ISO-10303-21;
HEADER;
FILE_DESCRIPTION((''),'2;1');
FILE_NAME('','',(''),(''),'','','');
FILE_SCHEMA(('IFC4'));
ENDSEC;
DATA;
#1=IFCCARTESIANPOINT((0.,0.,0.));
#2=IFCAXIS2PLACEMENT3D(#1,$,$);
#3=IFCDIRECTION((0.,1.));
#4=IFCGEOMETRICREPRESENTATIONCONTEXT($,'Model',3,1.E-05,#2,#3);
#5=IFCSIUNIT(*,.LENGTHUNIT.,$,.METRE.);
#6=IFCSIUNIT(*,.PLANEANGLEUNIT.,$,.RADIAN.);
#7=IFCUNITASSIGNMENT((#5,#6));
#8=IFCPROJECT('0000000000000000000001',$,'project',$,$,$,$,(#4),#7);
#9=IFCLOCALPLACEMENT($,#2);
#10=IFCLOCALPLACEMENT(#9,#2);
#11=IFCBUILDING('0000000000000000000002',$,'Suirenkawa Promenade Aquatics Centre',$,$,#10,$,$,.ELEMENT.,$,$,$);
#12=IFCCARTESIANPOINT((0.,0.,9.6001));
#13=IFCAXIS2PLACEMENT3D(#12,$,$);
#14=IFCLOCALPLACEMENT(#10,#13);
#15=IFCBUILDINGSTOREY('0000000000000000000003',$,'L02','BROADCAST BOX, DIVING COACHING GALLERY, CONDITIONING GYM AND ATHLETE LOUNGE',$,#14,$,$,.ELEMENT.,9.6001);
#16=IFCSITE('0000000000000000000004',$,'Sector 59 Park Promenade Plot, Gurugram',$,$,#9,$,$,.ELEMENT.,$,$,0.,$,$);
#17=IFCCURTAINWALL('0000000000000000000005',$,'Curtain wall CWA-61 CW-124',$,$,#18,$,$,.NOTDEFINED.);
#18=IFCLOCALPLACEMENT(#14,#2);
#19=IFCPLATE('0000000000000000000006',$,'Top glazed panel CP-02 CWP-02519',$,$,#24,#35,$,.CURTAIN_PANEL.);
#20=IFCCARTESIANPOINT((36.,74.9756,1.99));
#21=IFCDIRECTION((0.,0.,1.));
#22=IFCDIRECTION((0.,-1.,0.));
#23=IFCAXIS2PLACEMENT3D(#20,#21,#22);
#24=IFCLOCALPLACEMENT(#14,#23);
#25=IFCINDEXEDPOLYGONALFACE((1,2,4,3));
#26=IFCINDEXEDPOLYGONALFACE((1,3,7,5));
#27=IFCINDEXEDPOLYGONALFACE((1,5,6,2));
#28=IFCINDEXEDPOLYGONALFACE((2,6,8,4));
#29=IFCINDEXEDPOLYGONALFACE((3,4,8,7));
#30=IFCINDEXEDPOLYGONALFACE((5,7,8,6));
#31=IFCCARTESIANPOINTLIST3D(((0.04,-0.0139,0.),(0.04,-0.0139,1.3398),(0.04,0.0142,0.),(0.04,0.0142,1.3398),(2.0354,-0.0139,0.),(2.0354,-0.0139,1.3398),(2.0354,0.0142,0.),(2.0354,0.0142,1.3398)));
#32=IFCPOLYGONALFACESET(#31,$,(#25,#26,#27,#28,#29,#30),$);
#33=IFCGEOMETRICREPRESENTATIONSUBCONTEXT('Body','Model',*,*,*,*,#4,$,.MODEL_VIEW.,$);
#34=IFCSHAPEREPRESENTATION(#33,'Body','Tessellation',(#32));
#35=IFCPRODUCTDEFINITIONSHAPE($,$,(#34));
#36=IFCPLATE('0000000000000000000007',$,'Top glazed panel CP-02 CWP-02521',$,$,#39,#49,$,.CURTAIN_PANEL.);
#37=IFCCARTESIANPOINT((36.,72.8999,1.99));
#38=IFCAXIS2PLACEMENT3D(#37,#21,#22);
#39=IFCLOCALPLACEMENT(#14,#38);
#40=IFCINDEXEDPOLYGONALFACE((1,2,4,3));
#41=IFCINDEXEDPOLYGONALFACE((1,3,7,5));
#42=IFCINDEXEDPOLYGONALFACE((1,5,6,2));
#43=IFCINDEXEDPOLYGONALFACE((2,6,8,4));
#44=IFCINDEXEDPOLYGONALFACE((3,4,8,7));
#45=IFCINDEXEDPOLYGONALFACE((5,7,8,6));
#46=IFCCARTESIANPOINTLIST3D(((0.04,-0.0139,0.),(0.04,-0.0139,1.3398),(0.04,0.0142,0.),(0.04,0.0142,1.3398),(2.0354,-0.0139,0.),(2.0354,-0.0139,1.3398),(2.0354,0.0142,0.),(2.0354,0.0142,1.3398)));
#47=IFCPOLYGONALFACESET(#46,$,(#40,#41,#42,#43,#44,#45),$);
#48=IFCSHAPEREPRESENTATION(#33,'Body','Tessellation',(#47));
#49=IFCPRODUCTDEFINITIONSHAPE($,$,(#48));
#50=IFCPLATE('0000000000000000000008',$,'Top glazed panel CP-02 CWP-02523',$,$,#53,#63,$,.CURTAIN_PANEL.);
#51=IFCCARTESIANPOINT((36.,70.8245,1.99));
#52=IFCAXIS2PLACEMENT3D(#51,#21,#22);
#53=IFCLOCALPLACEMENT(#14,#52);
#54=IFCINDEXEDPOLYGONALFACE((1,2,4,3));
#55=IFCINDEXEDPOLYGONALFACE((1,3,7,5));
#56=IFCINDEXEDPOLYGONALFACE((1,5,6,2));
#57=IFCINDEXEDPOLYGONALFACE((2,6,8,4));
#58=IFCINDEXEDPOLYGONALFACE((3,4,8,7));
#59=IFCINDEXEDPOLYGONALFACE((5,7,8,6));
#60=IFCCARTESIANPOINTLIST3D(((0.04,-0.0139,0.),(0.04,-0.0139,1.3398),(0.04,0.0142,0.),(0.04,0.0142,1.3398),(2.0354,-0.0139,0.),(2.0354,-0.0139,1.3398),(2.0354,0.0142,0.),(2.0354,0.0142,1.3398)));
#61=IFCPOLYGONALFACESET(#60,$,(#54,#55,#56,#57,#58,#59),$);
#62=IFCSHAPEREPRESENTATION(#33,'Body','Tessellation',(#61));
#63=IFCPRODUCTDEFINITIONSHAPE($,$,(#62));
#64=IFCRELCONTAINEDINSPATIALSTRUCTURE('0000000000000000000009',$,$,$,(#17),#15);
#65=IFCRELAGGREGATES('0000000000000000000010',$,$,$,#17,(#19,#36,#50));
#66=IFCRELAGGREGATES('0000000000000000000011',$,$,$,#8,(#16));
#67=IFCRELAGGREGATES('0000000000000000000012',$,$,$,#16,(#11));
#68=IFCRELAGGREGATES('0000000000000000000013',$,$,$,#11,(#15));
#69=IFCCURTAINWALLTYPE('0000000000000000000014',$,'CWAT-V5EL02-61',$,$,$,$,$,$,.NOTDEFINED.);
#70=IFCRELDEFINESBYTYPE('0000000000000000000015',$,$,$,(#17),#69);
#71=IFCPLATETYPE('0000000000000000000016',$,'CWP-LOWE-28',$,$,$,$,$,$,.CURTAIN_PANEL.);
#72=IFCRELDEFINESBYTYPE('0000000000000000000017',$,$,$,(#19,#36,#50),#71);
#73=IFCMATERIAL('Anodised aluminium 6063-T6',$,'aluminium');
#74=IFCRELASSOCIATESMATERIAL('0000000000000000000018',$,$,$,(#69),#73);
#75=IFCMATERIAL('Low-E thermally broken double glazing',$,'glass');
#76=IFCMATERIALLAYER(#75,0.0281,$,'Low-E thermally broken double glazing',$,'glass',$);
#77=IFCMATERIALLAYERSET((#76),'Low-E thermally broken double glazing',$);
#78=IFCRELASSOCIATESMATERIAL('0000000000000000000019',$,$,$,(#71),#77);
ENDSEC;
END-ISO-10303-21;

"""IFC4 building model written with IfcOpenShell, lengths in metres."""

from ifc_helpers import new_model, si_unit, direction, frame, origin, place, context, subcontext, project, spatial, polyline, outline, extrude, material, layer, layer_set, type_object, element, aggregate, save


model = new_model("IFC4")

# Units and contexts
model_context = context("Model", 3, precision=1e-05, world=origin(), true_north=direction((0.0, 1.0)))
body_context = subcontext(model_context, "Body", "Model", "MODEL_VIEW")
ifc_project = project(units=[si_unit("LENGTHUNIT", "METRE"), si_unit("PLANEANGLEUNIT", "RADIAN")], contexts=[model_context])

# Site, building, storey
site_placement = place(None, origin())
site = spatial("IfcSite", under=ifc_project, at=site_placement, Name="Sector 59 Park Promenade Plot, Gurugram", CompositionType="ELEMENT", RefElevation=0.0)
building_placement = place(site_placement, origin())
building = spatial("IfcBuilding", under=site, at=building_placement, Name="Suirenkawa Promenade Aquatics Centre", CompositionType="ELEMENT")
storey_placement = place(building_placement, frame((0.0, 0.0, 9.6001)))
storey = spatial("IfcBuildingStorey", under=building, at=storey_placement, Name="L02", Description="BROADCAST BOX, DIVING COACHING GALLERY, CONDITIONING GYM AND ATHLETE LOUNGE", CompositionType="ELEMENT", Elevation=9.6001)

# Curtain wall, plates
ifc_material_1 = material(Name="Anodised aluminium 6063-T6", Category="aluminium")
curtain_wall_type = type_object("IfcCurtainWallType", Name="CWAT-V5EL02-61", PredefinedType="NOTDEFINED", material=ifc_material_1)
curtain_wall_placement = place(storey_placement, origin())
curtain_wall = element("IfcCurtainWall", 1, at=curtain_wall_placement, inside=storey, type_object=curtain_wall_type, Name="Curtain wall CWA-61 CW-124", PredefinedType="NOTDEFINED")
ifc_material_2 = material(Name="Low-E thermally broken double glazing", Category="glass")
ifc_layer = layer(ifc_material_2, 0.0281, Name="Low-E thermally broken double glazing", Category="glass")
ifc_layer_set = layer_set([ifc_layer], Name="Low-E thermally broken double glazing")
plate_type = type_object("IfcPlateType", Name="CWP-LOWE-28", PredefinedType="CURTAIN_PANEL", material=ifc_layer_set)
plate_1_placement = place(storey_placement, frame((36.0, 74.9756, 1.99), z_axis=(0.0, 0.0, 1.0), x_axis=(0.0, -1.0, 0.0)))
plate_1 = element("IfcPlate", 2, at=plate_1_placement, type_object=plate_type, Name="Top glazed panel CP-02 CWP-02519", PredefinedType="CURTAIN_PANEL", context=body_context, shape_type="SweptSolid", body=[
    extrude(outline(polyline([(0.04, 0.0), (2.0354, 0.0), (2.0354, 1.3398), (0.04, 1.3398), (0.04, 0.0)])), frame((0.0, 0.0142, 0.0), z_axis=(0.0, -1.0, 0.0), x_axis=(1.0, 0.0, 0.0)), (0.0, 0.0, 1.0), 0.0281),
])
plate_2_placement = place(storey_placement, frame((36.0, 72.8999, 1.99), z_axis=(0.0, 0.0, 1.0), x_axis=(0.0, -1.0, 0.0)))
plate_2 = element("IfcPlate", 3, at=plate_2_placement, type_object=plate_type, Name="Top glazed panel CP-02 CWP-02521", PredefinedType="CURTAIN_PANEL", context=body_context, shape_type="SweptSolid", body=[
    extrude(outline(polyline([(0.04, 0.0), (2.0354, 0.0), (2.0354, 1.3398), (0.04, 1.3398), (0.04, 0.0)])), frame((0.0, 0.0142, 0.0), z_axis=(0.0, -1.0, 0.0), x_axis=(1.0, 0.0, 0.0)), (0.0, 0.0, 1.0), 0.0281),
])
plate_3_placement = place(storey_placement, frame((36.0, 70.8245, 1.99), z_axis=(0.0, 0.0, 1.0), x_axis=(0.0, -1.0, 0.0)))
plate_3 = element("IfcPlate", 4, at=plate_3_placement, type_object=plate_type, Name="Top glazed panel CP-02 CWP-02523", PredefinedType="CURTAIN_PANEL", context=body_context, shape_type="SweptSolid", body=[
    extrude(outline(polyline([(0.04, 0.0), (2.0354, 0.0), (2.0354, 1.3398), (0.04, 1.3398), (0.04, 0.0)])), frame((0.0, 0.0142, 0.0), z_axis=(0.0, -1.0, 0.0), x_axis=(1.0, 0.0, 0.0)), (0.0, 0.0, 1.0), 0.0281),
])
aggregate(curtain_wall, [plate_1, plate_2, plate_3])

save(model, "model.ifc")
